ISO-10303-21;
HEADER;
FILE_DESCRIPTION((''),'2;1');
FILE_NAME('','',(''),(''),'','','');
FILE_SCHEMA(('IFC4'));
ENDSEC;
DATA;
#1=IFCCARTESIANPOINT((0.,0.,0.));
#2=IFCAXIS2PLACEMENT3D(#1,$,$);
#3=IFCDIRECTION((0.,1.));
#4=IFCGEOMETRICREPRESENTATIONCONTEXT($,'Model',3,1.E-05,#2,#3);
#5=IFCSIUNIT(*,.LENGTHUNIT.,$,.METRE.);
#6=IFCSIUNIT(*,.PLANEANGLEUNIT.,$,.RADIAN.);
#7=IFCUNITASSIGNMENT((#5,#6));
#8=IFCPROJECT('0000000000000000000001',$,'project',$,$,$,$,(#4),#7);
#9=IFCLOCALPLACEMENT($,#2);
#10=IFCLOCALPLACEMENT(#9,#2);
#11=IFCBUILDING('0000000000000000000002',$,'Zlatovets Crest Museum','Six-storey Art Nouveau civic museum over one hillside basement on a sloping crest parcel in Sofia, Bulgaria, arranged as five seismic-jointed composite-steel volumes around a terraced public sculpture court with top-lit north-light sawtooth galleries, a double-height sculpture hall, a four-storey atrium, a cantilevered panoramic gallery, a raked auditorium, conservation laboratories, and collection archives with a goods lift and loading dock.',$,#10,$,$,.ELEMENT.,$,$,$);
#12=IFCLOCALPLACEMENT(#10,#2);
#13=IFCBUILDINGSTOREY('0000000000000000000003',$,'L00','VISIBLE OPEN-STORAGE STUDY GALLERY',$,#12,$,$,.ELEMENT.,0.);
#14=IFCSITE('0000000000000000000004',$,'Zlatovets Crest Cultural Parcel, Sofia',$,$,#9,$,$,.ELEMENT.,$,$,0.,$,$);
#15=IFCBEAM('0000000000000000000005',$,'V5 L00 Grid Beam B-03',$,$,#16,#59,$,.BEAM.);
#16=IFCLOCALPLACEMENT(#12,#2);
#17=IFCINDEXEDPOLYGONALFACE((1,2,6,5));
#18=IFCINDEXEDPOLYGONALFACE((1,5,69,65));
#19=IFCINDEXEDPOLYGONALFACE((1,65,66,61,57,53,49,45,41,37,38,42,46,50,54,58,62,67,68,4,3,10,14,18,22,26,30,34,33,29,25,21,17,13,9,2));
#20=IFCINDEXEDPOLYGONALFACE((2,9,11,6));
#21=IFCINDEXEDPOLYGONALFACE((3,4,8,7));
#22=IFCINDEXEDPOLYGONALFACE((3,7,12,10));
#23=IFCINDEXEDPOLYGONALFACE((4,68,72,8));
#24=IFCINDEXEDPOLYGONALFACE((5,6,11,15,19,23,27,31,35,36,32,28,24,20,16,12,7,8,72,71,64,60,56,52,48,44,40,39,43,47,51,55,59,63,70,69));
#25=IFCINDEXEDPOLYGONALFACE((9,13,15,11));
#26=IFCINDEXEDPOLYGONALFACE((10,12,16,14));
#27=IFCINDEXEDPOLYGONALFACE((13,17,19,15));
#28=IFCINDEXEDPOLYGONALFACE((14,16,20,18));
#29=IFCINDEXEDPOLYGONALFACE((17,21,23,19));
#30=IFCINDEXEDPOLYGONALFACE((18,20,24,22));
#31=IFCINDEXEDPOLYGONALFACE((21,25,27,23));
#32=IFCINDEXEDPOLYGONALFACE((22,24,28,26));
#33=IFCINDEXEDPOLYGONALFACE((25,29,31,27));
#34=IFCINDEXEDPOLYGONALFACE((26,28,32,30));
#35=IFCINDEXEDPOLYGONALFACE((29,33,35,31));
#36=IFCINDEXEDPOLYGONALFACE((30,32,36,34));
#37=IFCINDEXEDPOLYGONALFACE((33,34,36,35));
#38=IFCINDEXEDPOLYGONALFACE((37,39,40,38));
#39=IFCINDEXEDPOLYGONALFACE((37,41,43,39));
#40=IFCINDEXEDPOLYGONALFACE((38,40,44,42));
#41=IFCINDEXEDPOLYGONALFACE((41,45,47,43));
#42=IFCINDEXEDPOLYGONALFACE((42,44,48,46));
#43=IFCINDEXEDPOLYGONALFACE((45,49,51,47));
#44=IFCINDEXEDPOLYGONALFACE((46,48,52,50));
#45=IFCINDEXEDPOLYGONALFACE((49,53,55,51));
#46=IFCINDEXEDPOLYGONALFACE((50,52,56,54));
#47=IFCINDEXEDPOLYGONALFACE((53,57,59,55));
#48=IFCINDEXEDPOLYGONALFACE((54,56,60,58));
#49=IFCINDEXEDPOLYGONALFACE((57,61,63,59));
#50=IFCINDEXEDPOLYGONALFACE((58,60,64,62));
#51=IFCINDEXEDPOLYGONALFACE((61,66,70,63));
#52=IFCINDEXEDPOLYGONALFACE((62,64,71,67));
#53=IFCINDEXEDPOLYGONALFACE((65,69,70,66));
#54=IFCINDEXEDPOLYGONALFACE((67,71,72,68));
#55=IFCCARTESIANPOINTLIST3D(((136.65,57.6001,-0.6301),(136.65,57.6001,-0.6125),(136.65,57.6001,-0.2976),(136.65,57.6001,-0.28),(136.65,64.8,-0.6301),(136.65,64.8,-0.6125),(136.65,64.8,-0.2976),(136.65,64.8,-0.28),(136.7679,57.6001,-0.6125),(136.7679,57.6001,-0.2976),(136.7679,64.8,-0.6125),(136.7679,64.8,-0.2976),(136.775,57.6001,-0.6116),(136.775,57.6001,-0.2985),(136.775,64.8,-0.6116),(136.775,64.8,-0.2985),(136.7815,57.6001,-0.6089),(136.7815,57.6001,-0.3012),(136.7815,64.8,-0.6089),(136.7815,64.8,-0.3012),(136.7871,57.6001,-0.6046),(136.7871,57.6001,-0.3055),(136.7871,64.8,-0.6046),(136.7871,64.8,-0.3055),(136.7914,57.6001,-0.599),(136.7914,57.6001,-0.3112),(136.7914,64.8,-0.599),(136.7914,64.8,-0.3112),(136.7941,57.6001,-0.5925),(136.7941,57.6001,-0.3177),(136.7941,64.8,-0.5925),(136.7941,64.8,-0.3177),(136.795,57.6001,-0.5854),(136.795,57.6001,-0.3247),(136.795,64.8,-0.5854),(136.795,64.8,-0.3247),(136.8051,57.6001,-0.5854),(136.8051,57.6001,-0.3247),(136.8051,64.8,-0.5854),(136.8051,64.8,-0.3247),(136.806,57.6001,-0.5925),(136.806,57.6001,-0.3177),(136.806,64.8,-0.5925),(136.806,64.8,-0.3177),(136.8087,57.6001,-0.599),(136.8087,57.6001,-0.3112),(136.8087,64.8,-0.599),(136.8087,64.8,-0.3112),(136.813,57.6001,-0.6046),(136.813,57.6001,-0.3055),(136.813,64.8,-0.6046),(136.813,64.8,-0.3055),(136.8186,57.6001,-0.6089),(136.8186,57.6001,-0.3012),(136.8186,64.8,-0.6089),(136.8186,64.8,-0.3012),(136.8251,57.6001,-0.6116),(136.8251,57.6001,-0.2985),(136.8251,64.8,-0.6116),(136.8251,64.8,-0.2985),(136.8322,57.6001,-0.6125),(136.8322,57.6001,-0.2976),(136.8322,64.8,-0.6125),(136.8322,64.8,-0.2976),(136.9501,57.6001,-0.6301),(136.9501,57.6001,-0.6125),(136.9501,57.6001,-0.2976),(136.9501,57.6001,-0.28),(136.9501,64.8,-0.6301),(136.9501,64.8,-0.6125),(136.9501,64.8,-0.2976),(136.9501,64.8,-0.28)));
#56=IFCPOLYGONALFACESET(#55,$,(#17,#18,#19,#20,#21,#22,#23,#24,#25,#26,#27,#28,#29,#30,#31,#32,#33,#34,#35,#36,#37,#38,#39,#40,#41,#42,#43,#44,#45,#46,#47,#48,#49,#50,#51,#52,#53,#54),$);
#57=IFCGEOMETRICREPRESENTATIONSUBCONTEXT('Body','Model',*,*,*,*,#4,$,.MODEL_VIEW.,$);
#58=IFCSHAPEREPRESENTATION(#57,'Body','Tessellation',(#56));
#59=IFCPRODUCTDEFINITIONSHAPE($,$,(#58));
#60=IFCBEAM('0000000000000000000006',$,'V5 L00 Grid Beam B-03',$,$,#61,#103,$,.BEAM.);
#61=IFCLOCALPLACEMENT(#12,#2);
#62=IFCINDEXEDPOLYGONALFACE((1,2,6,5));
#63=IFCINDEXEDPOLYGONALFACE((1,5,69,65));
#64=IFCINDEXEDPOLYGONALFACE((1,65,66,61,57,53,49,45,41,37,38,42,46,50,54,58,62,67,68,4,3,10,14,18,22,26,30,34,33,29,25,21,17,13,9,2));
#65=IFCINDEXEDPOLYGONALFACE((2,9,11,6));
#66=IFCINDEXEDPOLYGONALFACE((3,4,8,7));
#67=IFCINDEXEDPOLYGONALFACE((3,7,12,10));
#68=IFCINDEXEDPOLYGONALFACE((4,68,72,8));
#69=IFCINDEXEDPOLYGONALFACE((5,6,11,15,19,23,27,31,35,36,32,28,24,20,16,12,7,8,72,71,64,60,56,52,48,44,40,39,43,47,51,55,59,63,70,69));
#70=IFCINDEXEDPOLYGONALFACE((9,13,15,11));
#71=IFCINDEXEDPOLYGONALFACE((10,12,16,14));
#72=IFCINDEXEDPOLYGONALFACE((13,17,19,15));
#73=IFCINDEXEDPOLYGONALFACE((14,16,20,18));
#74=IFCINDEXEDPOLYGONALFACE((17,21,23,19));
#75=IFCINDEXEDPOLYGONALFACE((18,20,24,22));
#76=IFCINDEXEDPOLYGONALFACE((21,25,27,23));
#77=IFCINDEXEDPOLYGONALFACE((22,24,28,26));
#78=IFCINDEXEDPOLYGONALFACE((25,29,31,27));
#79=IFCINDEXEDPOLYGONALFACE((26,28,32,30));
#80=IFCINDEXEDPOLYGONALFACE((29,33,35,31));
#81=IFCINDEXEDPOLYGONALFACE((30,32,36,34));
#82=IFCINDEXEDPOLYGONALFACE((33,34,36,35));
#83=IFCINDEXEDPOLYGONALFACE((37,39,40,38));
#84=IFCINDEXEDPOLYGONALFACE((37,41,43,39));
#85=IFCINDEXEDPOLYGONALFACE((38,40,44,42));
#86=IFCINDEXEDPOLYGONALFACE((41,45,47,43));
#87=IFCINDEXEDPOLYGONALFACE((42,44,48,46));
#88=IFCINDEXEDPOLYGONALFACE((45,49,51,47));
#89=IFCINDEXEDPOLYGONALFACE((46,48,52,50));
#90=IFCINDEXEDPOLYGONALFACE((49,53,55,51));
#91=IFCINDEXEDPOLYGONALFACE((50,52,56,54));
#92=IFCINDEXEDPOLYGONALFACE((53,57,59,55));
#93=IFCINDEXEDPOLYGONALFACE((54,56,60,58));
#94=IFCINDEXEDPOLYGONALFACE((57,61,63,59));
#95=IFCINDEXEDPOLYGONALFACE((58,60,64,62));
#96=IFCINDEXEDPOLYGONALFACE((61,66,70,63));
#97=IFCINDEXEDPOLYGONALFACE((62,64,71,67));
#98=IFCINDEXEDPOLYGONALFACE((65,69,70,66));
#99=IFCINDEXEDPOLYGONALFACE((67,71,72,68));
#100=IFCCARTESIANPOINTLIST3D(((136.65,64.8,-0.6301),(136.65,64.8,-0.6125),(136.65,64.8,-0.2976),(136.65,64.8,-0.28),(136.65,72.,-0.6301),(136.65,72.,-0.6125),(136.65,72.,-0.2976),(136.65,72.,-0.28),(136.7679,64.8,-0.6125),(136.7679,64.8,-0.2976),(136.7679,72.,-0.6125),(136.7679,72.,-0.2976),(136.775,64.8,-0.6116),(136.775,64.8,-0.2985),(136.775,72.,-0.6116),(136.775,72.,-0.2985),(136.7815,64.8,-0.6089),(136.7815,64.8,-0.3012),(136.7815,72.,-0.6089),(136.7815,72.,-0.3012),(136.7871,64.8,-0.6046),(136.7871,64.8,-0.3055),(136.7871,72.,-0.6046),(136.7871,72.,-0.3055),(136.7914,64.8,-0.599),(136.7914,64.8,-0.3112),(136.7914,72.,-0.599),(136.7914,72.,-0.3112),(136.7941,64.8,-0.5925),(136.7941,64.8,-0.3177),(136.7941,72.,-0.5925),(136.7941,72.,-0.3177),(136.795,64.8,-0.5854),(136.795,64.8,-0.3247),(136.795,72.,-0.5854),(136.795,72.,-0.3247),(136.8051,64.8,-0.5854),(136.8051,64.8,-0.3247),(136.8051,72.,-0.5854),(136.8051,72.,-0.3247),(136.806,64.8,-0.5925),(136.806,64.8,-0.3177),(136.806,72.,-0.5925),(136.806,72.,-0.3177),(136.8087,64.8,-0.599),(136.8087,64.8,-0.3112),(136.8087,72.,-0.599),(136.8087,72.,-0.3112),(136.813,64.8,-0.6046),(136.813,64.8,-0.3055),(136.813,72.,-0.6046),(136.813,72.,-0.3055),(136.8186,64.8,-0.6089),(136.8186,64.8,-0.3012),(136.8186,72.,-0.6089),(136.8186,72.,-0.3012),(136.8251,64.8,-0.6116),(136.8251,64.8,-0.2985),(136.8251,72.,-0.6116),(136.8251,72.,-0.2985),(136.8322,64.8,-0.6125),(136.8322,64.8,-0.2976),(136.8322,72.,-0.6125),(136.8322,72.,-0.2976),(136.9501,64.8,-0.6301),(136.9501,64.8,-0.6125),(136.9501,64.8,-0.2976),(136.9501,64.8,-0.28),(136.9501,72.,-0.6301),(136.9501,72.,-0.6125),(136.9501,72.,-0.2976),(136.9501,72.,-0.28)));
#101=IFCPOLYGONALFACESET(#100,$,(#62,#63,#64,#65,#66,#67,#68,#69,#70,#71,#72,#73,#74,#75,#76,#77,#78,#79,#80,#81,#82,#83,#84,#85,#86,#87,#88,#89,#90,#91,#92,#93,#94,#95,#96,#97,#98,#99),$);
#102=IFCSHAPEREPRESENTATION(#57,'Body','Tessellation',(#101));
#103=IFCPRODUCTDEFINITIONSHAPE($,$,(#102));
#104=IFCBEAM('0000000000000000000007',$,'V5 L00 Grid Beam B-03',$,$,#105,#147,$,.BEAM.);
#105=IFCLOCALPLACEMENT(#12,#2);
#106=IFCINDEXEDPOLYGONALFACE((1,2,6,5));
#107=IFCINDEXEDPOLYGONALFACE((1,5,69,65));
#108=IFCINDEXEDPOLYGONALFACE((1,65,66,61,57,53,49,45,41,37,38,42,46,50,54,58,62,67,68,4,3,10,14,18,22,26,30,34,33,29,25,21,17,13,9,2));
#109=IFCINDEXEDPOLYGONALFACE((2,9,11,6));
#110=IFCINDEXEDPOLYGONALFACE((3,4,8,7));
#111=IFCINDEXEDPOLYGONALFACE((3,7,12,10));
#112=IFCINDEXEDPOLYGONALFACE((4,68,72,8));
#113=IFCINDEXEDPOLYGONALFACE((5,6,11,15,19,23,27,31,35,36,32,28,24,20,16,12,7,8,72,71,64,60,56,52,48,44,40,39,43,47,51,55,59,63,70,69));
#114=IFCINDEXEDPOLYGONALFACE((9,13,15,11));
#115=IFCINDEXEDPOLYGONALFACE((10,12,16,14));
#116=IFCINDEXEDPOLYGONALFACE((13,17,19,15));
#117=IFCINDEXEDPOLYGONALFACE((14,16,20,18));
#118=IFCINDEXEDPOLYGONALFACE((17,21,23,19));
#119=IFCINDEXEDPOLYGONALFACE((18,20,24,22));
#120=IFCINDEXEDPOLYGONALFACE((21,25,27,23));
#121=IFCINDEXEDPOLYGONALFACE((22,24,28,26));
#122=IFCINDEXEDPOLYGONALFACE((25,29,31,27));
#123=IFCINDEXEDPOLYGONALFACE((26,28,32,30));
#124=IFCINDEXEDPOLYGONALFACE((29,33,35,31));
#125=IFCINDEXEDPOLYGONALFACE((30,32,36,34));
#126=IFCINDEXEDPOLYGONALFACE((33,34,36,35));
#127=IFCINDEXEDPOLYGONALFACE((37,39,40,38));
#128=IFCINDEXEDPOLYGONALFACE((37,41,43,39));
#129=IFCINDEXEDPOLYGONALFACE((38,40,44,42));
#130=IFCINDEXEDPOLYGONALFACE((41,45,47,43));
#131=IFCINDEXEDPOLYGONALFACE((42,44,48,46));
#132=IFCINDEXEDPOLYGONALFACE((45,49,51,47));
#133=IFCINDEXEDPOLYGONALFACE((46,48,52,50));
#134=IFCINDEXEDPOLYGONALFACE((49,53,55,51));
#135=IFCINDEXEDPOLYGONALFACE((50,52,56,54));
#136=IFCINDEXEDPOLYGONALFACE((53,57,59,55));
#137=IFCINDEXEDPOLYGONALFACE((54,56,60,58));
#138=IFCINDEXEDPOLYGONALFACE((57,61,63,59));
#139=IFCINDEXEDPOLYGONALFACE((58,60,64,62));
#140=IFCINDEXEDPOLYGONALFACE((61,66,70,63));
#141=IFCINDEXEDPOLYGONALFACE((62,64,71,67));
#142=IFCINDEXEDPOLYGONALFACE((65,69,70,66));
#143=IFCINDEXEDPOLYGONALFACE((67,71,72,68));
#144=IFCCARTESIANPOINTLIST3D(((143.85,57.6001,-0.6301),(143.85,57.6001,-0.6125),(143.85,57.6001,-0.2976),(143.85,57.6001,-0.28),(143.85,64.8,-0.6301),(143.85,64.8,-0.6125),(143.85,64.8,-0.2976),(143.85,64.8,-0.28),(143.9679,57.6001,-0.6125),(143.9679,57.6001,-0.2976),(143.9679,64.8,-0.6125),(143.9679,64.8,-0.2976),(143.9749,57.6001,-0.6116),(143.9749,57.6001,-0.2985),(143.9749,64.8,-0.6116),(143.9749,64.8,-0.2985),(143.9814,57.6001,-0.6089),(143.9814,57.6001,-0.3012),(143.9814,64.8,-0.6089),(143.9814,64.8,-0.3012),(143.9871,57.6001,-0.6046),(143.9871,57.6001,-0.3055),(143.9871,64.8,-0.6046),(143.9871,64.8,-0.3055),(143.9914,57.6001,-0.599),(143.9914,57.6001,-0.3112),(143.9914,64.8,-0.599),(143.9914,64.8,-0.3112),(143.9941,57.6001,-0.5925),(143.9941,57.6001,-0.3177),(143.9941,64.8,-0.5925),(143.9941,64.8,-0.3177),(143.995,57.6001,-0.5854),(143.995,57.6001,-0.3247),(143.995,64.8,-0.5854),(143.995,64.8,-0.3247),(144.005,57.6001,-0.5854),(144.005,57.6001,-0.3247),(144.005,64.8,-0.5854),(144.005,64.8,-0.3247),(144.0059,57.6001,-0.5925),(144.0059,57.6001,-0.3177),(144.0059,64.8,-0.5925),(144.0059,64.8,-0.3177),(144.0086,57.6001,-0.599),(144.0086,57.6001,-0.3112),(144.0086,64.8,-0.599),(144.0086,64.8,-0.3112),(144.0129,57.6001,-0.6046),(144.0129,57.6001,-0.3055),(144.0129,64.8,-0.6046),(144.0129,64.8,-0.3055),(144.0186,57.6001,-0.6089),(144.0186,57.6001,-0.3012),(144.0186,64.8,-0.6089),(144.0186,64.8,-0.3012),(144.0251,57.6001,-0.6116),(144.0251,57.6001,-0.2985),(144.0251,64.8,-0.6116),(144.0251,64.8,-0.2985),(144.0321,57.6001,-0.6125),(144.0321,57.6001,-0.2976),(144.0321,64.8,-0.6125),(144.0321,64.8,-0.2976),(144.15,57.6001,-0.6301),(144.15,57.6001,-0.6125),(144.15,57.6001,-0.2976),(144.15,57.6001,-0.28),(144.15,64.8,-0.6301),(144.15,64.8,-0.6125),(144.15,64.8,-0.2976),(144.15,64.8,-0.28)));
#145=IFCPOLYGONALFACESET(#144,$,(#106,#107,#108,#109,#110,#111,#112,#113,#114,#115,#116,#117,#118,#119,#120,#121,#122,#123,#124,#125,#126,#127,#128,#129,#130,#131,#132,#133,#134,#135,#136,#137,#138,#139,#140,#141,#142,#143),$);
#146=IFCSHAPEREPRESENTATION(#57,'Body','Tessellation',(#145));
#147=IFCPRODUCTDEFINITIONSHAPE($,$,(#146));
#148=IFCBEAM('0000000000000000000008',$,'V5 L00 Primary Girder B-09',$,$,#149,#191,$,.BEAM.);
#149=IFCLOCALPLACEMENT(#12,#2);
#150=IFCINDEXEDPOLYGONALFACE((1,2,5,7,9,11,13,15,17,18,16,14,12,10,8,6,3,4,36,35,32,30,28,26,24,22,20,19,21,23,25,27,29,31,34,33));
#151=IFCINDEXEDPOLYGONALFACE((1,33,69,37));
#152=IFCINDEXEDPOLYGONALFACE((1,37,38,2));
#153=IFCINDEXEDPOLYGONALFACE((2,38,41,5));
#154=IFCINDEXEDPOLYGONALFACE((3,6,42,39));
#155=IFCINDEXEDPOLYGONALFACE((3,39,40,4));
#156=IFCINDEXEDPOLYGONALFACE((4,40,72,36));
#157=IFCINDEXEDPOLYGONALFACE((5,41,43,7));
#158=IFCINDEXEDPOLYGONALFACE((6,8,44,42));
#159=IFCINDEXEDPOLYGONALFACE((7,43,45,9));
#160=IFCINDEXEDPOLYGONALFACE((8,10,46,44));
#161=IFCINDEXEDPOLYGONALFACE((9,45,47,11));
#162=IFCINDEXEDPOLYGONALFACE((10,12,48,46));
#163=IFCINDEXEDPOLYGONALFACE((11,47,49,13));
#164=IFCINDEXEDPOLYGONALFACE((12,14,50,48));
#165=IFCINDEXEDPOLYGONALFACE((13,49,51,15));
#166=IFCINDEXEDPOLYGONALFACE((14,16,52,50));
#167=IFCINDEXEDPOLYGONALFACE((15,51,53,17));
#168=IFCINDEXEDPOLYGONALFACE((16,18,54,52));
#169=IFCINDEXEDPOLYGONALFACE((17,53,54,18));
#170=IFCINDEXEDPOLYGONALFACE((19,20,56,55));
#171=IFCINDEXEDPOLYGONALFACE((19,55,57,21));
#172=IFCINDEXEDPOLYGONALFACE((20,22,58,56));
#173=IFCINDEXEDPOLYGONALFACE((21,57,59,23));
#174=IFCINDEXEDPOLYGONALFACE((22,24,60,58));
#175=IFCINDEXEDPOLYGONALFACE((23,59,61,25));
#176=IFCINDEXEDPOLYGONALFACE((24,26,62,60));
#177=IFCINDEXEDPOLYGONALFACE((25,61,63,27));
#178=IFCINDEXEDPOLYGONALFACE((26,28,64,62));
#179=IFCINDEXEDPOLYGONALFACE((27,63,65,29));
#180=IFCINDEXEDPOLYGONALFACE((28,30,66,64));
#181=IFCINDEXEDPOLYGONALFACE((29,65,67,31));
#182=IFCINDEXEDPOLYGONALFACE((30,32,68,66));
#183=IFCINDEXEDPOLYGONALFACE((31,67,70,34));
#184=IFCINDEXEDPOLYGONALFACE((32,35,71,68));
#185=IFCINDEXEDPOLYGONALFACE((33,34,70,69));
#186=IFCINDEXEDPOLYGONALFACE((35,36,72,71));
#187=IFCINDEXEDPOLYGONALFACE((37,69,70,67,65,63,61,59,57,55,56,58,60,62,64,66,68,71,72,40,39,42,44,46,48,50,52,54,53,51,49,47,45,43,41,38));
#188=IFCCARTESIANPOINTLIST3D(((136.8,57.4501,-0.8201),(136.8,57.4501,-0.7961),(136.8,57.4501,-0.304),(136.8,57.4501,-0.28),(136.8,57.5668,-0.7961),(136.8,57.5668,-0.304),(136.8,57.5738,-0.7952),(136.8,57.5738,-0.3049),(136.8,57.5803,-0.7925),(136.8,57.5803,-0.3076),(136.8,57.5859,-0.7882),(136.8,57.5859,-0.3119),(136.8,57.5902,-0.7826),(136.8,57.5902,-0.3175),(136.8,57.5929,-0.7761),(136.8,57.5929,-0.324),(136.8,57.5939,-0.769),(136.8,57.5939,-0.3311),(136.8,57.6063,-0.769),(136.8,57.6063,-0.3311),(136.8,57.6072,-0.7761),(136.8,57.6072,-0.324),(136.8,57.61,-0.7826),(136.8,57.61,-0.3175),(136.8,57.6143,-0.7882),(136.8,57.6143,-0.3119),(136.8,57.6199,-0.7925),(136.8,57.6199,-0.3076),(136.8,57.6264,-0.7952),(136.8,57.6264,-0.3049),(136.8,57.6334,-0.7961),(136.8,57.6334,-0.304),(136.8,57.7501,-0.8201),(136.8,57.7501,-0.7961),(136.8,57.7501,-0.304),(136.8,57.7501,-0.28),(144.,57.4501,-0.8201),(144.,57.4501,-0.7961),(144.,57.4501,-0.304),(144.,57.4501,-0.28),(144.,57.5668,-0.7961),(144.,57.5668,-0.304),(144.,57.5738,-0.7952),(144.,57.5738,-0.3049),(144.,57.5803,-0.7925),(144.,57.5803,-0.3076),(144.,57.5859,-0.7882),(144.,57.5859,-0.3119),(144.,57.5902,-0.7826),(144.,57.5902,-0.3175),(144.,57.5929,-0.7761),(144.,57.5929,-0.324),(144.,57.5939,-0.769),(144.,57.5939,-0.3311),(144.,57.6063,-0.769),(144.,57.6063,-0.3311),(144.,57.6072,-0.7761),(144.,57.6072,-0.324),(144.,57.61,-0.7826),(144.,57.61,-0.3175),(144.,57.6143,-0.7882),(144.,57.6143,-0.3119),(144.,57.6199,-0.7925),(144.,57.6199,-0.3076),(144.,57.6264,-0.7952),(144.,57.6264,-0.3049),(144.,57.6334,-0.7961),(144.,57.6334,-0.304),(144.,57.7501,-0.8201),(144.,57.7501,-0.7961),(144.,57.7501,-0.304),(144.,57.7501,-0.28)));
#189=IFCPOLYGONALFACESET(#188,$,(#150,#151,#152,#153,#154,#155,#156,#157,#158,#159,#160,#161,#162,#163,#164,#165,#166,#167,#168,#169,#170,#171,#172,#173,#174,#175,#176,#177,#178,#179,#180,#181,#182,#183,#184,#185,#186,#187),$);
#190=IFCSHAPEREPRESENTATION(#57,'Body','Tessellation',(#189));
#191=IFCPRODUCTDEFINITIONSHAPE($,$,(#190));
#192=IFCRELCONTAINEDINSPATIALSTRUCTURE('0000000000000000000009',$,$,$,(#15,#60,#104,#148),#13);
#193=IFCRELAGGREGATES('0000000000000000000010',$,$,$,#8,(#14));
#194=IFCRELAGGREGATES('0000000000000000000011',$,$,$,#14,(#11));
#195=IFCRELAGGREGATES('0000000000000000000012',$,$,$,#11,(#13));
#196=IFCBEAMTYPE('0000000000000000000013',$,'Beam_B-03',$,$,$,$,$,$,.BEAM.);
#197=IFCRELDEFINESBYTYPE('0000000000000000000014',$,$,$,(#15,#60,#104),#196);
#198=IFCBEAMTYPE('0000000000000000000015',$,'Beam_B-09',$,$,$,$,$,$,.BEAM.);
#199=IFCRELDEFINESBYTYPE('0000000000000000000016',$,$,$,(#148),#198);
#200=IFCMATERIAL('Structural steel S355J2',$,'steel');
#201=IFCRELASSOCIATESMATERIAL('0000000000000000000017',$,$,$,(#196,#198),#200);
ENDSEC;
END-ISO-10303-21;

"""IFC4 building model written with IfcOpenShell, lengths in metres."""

from ifc_helpers import new_model, si_unit, direction, frame, origin, origin_2d, place, context, subcontext, project, spatial, i_section, extrude, material, material_profile, profile_set, type_object, element, save


model = new_model("IFC4")

# Units and contexts
model_context = context("Model", 3, precision=1e-05, world=origin(), true_north=direction((0.0, 1.0)))
body_context = subcontext(model_context, "Body", "Model", "MODEL_VIEW")
ifc_project = project(units=[si_unit("LENGTHUNIT", "METRE"), si_unit("PLANEANGLEUNIT", "RADIAN")], contexts=[model_context])

# Site, building, storey
site_placement = place(None, origin())
site = spatial("IfcSite", under=ifc_project, at=site_placement, Name="Zlatovets Crest Cultural Parcel, Sofia", CompositionType="ELEMENT", RefElevation=0.0)
building_placement = place(site_placement, origin())
building = spatial("IfcBuilding", under=site, at=building_placement, Name="Zlatovets Crest Museum", Description="Six-storey Art Nouveau civic museum over one hillside basement on a sloping crest parcel in Sofia, Bulgaria, arranged as five seismic-jointed composite-steel volumes around a terraced public sculpture court with top-lit north-light sawtooth galleries, a double-height sculpture hall, a four-storey atrium, a cantilevered panoramic gallery, a raked auditorium, conservation laboratories, and collection archives with a goods lift and loading dock.", CompositionType="ELEMENT")
storey_placement = place(building_placement, origin())
storey = spatial("IfcBuildingStorey", under=building, at=storey_placement, Name="L00", Description="VISIBLE OPEN-STORAGE STUDY GALLERY", CompositionType="ELEMENT", Elevation=0.0)

# Shared definitions
ifc_material_1 = material(Name="Structural steel S355J2", Category="steel")

# Beams
ifc_material_profile_1 = material_profile(ifc_material_1, i_section(OverallWidth=0.3, OverallDepth=0.3501, WebThickness=0.01, FlangeThickness=0.0176, FilletRadius=0.0271, at=origin_2d()), Name="HEA 360")
ifc_profile_set_1 = profile_set([ifc_material_profile_1], Name="Structural steel S355J2")
beam_type_1 = type_object("IfcBeamType", Name="Beam_B-03", PredefinedType="BEAM", material=ifc_profile_set_1)
for number, where, z_axis, x_axis, name in (
    (1, (136.8, 57.6001, -0.4551), (0.0, 1.0, 0.0), (-1.0, 0.0, 0.0), "V5 L00 Grid Beam B-03"),
    (2, (136.8, 64.8, -0.4551), (0.0, 1.0, 0.0), (-1.0, 0.0, 0.0), "V5 L00 Grid Beam B-03"),
    (3, (144.0, 57.6001, -0.4551), (0.0, 1.0, 0.0), (-1.0, 0.0, 0.0), "V5 L00 Grid Beam B-03"),
):
    element("IfcBeam", number, at=place(storey_placement, frame(where, z_axis=z_axis, x_axis=x_axis)), inside=storey, type_object=beam_type_1, Name=name, PredefinedType="BEAM", context=body_context, shape_type="SweptSolid", body=[
        extrude(i_section(OverallWidth=0.3, OverallDepth=0.3501, WebThickness=0.01, FlangeThickness=0.0176, FilletRadius=0.0271, at=origin_2d()), origin(), (0.0, 0.0, 1.0), 7.2),
    ])
ifc_material_profile_2 = material_profile(ifc_material_1, i_section(OverallWidth=0.3, OverallDepth=0.54, WebThickness=0.0125, FlangeThickness=0.0239, FilletRadius=0.0271, at=origin_2d()), Name="HEA 550")
ifc_profile_set_2 = profile_set([ifc_material_profile_2], Name="Structural steel S355J2")
beam_type_2 = type_object("IfcBeamType", Name="Beam_B-09", PredefinedType="BEAM", material=ifc_profile_set_2)
for number, where, z_axis, x_axis, name in (
    (4, (136.8, 57.6001, -0.55), (1.0, 0.0, 0.0), (0.0, 1.0, 0.0), "V5 L00 Primary Girder B-09"),
):
    element("IfcBeam", number, at=place(storey_placement, frame(where, z_axis=z_axis, x_axis=x_axis)), inside=storey, type_object=beam_type_2, Name=name, PredefinedType="BEAM", context=body_context, shape_type="SweptSolid", body=[
        extrude(i_section(OverallWidth=0.3, OverallDepth=0.54, WebThickness=0.0125, FlangeThickness=0.0239, FilletRadius=0.0271, at=origin_2d()), origin(), (0.0, 0.0, 1.0), 7.2),
    ])

save(model, "model.ifc")
